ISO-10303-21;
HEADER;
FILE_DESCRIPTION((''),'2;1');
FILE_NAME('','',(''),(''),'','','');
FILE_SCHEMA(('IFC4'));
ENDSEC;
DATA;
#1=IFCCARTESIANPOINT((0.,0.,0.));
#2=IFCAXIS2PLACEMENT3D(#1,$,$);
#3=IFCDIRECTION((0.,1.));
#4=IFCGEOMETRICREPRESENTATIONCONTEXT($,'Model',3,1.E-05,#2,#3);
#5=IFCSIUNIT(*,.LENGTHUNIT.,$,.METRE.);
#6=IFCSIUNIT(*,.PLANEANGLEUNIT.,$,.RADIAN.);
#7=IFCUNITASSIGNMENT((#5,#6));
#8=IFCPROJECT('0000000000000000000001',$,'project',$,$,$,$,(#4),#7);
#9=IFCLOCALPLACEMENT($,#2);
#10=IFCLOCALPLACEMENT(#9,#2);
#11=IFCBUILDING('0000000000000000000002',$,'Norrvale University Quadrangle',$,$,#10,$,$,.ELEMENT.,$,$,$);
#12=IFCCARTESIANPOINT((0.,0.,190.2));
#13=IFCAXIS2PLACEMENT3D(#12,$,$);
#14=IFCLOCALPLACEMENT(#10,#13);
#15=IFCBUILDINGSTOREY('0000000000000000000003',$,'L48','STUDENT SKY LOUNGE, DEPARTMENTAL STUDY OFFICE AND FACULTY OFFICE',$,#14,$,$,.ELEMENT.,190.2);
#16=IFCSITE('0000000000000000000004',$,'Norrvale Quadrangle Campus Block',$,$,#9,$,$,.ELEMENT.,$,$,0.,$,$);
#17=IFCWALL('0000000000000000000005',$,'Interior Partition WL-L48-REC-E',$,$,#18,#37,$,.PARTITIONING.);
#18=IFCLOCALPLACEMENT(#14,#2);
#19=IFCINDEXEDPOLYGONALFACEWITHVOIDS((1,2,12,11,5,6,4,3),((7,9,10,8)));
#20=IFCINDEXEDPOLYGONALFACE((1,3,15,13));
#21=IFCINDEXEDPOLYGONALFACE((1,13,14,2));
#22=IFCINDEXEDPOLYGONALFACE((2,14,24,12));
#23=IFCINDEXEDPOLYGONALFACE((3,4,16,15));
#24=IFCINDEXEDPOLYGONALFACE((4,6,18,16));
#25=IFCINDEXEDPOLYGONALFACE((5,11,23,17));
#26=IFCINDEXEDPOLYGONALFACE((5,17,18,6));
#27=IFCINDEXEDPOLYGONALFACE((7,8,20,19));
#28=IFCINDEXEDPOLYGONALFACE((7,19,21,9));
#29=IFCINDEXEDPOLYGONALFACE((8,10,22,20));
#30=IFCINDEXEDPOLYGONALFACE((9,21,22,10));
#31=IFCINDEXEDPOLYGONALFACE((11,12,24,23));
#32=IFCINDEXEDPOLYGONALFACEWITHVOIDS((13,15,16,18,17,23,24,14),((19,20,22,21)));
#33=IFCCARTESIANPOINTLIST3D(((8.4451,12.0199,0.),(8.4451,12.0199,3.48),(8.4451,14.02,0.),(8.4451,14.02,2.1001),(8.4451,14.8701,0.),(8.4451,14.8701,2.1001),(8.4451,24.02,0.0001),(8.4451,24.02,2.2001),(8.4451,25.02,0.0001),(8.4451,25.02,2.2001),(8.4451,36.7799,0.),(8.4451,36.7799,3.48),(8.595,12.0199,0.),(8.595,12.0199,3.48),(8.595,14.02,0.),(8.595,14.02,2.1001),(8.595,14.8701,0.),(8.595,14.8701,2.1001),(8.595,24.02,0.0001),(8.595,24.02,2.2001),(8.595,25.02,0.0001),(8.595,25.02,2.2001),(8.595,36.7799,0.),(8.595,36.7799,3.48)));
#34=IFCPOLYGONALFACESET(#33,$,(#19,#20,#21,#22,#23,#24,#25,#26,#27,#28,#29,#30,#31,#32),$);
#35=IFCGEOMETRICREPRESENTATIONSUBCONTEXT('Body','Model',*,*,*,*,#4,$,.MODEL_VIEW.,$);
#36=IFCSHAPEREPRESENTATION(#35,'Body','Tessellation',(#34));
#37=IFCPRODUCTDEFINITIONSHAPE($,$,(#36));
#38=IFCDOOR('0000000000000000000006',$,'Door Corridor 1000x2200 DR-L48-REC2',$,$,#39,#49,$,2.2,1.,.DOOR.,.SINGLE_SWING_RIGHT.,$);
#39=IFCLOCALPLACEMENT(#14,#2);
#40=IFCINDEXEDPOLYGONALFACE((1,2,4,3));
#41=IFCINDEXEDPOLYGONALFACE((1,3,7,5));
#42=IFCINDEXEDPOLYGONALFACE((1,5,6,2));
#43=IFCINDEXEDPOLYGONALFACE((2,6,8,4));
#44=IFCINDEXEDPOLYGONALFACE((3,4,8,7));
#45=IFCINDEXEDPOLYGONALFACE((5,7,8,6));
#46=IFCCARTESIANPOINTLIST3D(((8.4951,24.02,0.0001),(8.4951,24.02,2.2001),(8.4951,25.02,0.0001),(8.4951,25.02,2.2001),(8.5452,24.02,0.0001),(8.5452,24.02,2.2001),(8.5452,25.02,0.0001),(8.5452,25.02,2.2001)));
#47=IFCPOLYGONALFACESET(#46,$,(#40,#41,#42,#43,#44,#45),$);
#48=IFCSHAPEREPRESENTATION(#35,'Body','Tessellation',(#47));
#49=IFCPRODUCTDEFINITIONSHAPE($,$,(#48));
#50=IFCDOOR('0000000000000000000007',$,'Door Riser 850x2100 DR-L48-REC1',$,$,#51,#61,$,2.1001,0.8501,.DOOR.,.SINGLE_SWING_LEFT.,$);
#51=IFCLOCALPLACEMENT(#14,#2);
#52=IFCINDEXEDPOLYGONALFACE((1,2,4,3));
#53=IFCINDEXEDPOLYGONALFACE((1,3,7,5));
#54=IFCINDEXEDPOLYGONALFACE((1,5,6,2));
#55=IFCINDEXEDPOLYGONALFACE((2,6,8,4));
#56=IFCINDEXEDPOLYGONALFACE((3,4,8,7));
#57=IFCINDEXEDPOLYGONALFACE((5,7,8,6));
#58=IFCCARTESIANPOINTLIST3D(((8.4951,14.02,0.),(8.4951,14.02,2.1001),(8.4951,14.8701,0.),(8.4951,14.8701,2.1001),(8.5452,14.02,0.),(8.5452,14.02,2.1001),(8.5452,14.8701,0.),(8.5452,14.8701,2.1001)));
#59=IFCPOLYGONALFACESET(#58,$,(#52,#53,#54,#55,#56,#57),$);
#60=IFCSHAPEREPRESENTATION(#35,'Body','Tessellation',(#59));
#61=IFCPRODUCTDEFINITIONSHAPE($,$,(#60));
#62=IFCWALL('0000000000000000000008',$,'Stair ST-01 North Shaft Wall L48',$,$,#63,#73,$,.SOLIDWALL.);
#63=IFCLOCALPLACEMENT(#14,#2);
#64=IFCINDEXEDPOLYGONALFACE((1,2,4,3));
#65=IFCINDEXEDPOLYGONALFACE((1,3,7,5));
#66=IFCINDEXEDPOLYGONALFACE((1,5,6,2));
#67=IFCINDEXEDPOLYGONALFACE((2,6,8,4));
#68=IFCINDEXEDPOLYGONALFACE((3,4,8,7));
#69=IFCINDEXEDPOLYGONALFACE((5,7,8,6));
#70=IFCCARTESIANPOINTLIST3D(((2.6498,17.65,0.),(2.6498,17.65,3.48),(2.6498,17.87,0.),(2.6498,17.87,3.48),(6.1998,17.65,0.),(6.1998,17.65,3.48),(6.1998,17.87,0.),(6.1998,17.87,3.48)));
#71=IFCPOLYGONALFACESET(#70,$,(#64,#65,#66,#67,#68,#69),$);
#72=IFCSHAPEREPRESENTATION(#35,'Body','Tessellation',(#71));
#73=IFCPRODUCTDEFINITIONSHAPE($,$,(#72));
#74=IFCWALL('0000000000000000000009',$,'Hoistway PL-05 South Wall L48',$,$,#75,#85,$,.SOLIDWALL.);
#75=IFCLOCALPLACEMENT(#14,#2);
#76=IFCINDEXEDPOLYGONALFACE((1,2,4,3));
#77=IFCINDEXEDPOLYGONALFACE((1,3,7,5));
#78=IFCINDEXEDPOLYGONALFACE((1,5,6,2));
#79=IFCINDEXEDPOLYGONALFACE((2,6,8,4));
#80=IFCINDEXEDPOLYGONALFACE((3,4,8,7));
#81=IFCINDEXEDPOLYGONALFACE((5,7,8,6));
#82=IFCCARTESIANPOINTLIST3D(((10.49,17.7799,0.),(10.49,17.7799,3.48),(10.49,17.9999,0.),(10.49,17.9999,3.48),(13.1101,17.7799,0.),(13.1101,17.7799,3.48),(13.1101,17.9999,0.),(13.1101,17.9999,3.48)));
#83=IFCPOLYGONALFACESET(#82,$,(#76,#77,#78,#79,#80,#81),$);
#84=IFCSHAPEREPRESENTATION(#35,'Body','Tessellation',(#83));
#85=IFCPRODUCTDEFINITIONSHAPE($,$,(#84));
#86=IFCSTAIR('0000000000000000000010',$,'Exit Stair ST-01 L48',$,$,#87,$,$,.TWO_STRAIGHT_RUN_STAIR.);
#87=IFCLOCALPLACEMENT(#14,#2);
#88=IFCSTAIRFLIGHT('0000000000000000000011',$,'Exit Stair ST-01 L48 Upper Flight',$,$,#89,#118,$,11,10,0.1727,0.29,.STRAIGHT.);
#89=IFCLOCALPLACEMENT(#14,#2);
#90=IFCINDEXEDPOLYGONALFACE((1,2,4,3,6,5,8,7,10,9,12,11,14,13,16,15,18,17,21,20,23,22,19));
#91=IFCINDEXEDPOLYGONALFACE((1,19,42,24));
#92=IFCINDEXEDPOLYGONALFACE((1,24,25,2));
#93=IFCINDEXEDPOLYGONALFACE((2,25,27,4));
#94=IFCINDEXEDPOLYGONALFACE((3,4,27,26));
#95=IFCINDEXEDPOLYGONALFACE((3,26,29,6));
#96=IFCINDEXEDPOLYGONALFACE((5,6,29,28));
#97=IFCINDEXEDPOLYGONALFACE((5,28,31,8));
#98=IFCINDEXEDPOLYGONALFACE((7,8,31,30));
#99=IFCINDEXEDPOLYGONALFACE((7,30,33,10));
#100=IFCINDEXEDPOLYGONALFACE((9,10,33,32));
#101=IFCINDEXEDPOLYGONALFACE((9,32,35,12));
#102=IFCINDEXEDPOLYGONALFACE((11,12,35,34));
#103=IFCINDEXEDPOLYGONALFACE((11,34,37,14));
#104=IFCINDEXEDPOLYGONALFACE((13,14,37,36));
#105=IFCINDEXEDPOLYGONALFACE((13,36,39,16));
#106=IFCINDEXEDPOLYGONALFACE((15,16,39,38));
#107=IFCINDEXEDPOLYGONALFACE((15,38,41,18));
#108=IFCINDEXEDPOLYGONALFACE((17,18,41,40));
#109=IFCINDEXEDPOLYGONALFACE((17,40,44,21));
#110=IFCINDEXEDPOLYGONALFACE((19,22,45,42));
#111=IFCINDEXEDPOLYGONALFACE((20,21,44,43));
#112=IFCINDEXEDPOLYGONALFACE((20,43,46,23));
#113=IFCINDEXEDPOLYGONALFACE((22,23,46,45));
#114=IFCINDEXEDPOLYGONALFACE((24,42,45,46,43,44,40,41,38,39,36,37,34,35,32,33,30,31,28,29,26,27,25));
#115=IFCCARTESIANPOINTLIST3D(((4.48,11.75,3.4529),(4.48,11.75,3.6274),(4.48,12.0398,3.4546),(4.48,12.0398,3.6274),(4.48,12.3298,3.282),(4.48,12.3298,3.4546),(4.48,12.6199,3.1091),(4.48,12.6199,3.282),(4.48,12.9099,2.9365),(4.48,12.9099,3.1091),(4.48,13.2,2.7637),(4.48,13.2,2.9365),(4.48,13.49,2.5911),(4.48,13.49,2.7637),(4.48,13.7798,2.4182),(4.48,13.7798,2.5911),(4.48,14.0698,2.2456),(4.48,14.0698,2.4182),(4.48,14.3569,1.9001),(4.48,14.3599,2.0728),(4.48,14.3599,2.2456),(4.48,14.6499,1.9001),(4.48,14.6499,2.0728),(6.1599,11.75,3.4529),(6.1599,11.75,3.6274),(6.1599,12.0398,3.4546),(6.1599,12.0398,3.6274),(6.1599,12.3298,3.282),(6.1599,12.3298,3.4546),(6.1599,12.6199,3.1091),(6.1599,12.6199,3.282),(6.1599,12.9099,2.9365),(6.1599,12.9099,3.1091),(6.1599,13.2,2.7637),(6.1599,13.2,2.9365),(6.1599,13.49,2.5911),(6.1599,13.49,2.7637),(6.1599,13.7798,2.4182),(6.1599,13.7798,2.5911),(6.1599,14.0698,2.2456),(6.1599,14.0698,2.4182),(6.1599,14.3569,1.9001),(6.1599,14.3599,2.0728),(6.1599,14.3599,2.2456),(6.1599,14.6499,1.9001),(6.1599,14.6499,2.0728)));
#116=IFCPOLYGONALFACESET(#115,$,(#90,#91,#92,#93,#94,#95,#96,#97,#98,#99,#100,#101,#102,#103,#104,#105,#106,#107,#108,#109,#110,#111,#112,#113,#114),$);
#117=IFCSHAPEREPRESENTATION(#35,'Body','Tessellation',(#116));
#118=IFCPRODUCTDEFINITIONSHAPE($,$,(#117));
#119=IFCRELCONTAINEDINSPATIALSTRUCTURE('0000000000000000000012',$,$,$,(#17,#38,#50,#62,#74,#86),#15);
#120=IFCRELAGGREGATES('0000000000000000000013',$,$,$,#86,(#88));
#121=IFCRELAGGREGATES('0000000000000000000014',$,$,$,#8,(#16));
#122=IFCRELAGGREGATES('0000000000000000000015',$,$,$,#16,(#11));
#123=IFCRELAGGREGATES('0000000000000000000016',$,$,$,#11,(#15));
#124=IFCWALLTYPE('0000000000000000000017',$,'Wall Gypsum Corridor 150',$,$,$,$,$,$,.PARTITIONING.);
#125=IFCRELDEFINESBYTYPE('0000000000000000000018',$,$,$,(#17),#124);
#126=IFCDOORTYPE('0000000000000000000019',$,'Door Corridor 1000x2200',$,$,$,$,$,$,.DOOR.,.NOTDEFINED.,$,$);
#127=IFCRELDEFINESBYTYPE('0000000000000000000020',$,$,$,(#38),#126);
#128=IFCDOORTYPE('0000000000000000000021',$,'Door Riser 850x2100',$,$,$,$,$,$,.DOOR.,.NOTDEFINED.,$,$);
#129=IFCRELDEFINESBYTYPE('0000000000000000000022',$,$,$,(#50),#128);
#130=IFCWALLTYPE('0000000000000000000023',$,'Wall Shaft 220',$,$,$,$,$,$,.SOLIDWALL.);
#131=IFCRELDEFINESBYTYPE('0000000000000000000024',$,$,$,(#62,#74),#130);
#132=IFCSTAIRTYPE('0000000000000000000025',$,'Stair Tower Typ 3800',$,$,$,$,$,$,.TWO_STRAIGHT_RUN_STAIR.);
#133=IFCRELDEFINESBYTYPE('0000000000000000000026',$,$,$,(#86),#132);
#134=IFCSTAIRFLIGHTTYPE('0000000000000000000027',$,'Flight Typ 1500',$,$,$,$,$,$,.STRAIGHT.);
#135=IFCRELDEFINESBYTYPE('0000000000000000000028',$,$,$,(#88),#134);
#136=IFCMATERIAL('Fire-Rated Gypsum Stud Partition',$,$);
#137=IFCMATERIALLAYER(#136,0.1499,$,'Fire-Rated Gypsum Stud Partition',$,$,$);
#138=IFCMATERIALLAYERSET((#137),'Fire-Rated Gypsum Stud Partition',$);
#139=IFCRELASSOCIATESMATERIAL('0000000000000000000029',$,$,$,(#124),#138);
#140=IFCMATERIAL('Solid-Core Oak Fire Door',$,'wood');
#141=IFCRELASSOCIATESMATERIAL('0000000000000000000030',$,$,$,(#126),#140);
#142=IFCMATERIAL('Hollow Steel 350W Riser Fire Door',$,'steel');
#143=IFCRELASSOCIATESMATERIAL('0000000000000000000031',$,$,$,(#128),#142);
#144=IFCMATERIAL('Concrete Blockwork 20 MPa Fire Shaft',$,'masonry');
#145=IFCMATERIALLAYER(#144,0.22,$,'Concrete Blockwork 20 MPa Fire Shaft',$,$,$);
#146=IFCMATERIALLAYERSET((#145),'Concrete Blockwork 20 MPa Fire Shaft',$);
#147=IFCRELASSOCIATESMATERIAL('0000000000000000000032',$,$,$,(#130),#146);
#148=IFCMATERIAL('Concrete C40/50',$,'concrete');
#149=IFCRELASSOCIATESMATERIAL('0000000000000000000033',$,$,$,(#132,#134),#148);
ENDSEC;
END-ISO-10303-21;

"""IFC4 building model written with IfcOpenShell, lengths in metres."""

from ifc_helpers import new_model, si_unit, direction, frame, frame_2d, origin, place, context, subcontext, project, spatial, polyline, rectangle, outline, extrude, material, layer, layer_set, type_object, element, fill, aggregate, save


model = new_model("IFC4")

# Units and contexts
model_context = context("Model", 3, precision=1e-05, world=origin(), true_north=direction((0.0, 1.0)))
body_context = subcontext(model_context, "Body", "Model", "MODEL_VIEW")
ifc_project = project(units=[si_unit("LENGTHUNIT", "METRE"), si_unit("PLANEANGLEUNIT", "RADIAN")], contexts=[model_context])

# Site, building, storey
site_placement = place(None, origin())
site = spatial("IfcSite", under=ifc_project, at=site_placement, Name="Norrvale Quadrangle Campus Block", CompositionType="ELEMENT", RefElevation=0.0)
building_placement = place(site_placement, origin())
building = spatial("IfcBuilding", under=site, at=building_placement, Name="Norrvale University Quadrangle", CompositionType="ELEMENT")
storey_placement = place(building_placement, frame((0.0, 0.0, 190.2)))
storey = spatial("IfcBuildingStorey", under=building, at=storey_placement, Name="L48", Description="STUDENT SKY LOUNGE, DEPARTMENTAL STUDY OFFICE AND FACULTY OFFICE", CompositionType="ELEMENT", Elevation=190.2)

# Shared definitions
ifc_material_1 = material(Name="Fire-Rated Gypsum Stud Partition")
ifc_layer_1 = layer(ifc_material_1, 0.1499, Name="Fire-Rated Gypsum Stud Partition")
ifc_layer_set_1 = layer_set([ifc_layer_1], Name="Fire-Rated Gypsum Stud Partition")
wall_type_1 = type_object("IfcWallType", Name="Wall Gypsum Corridor 150", PredefinedType="PARTITIONING", material=ifc_layer_set_1)

# Wall, openings, doors
wall_1_placement = place(storey_placement, frame((8.52, 12.02, 0.0), z_axis=(0.0, 0.0, 1.0), x_axis=(0.0, 1.0, 0.0)))
wall_1 = element("IfcWall", 1, at=wall_1_placement, inside=storey, type_object=wall_type_1, Name="Interior Partition WL-L48-REC-E", PredefinedType="PARTITIONING", context=body_context, shape_type="SweptSolid", body=[
    extrude(rectangle(XDim=24.76, YDim=0.1499, at=frame_2d((12.3799, 0.0))), origin(), (0.0, 0.0, 1.0), 3.48),
])
opening_1_placement = place(wall_1_placement, frame((2.0, 0.0, 0.0)))
opening_1 = element("IfcOpeningElement", 2, at=opening_1_placement, cuts=wall_1, PredefinedType="OPENING", context=body_context, shape_type="SweptSolid", body=[
    extrude(rectangle(XDim=0.8501, YDim=2.1001, at=frame_2d((0.425, 1.05))), frame((0.0, 0.0869, 0.0), z_axis=(0.0, -1.0, 0.0), x_axis=(1.0, 0.0, 0.0)), (0.0, 0.0, 1.0), 0.1738),
])
opening_2_placement = place(wall_1_placement, frame((12.0, 0.0, 0.0)))
opening_2 = element("IfcOpeningElement", 3, at=opening_2_placement, cuts=wall_1, PredefinedType="OPENING", context=body_context, shape_type="SweptSolid", body=[
    extrude(rectangle(XDim=1.0, YDim=2.2, at=frame_2d((0.5, 1.1001))), frame((0.0, 0.0869, 0.0), z_axis=(0.0, -1.0, 0.0), x_axis=(1.0, 0.0, 0.0)), (0.0, 0.0, 1.0), 0.1738),
])
ifc_material_2 = material(Name="Solid-Core Oak Fire Door", Category="wood")
door_type_1 = type_object("IfcDoorType", Name="Door Corridor 1000x2200", OperationType="NOTDEFINED", PredefinedType="DOOR", material=ifc_material_2)
door_1_placement = place(opening_2_placement, origin())
door_1 = element("IfcDoor", 4, at=door_1_placement, inside=storey, type_object=door_type_1, Name="Door Corridor 1000x2200 DR-L48-REC2", OperationType="SINGLE_SWING_RIGHT", OverallHeight=2.2, OverallWidth=1.0, PredefinedType="DOOR", context=body_context, shape_type="SweptSolid", body=[
    extrude(rectangle(XDim=1.0, YDim=2.2, at=frame_2d((0.5, 1.1001))), frame((0.0, 0.0249, 0.0), z_axis=(0.0, -1.0, 0.0), x_axis=(1.0, 0.0, 0.0)), (0.0, 0.0, 1.0), 0.05),
])
fill(opening_2, door_1)
ifc_material_3 = material(Name="Hollow Steel 350W Riser Fire Door", Category="steel")
door_type_2 = type_object("IfcDoorType", Name="Door Riser 850x2100", OperationType="NOTDEFINED", PredefinedType="DOOR", material=ifc_material_3)
door_2_placement = place(opening_1_placement, origin())
door_2 = element("IfcDoor", 5, at=door_2_placement, inside=storey, type_object=door_type_2, Name="Door Riser 850x2100 DR-L48-REC1", OperationType="SINGLE_SWING_LEFT", OverallHeight=2.1001, OverallWidth=0.8501, PredefinedType="DOOR", context=body_context, shape_type="SweptSolid", body=[
    extrude(rectangle(XDim=0.8501, YDim=2.1001, at=frame_2d((0.425, 1.05))), frame((0.0, 0.0249, 0.0), z_axis=(0.0, -1.0, 0.0), x_axis=(1.0, 0.0, 0.0)), (0.0, 0.0, 1.0), 0.05),
])
fill(opening_1, door_2)

# Walls
ifc_material_4 = material(Name="Concrete Blockwork 20 MPa Fire Shaft", Category="masonry")
ifc_layer_2 = layer(ifc_material_4, 0.22, Name="Concrete Blockwork 20 MPa Fire Shaft")
ifc_layer_set_2 = layer_set([ifc_layer_2], Name="Concrete Blockwork 20 MPa Fire Shaft")
wall_type_2 = type_object("IfcWallType", Name="Wall Shaft 220", PredefinedType="SOLIDWALL", material=ifc_layer_set_2)
wall_2_placement = place(storey_placement, frame((2.6499, 17.76, 0.0), z_axis=(0.0, 0.0, 1.0), x_axis=(1.0, 0.0, 0.0)))
element("IfcWall", 6, at=wall_2_placement, inside=storey, type_object=wall_type_2, Name="Stair ST-01 North Shaft Wall L48", PredefinedType="SOLIDWALL", context=body_context, shape_type="SweptSolid", body=[
    extrude(rectangle(XDim=3.55, YDim=0.22, at=frame_2d((1.7749, 0.0))), origin(), (0.0, 0.0, 1.0), 3.48),
])
wall_3_placement = place(storey_placement, frame((10.49, 17.8899, 0.0), z_axis=(0.0, 0.0, 1.0), x_axis=(1.0, 0.0, 0.0)))
element("IfcWall", 7, at=wall_3_placement, inside=storey, type_object=wall_type_2, Name="Hoistway PL-05 South Wall L48", PredefinedType="SOLIDWALL", context=body_context, shape_type="SweptSolid", body=[
    extrude(rectangle(XDim=2.6201, YDim=0.22, at=frame_2d((1.3101, 0.0))), origin(), (0.0, 0.0, 1.0), 3.48),
])

# Stair, stair flight
ifc_material_5 = material(Name="Concrete C40/50", Category="concrete")
stair_type = type_object("IfcStairType", Name="Stair Tower Typ 3800", PredefinedType="TWO_STRAIGHT_RUN_STAIR", material=ifc_material_5)
stair_placement = place(storey_placement, origin())
stair = element("IfcStair", 8, at=stair_placement, inside=storey, type_object=stair_type, Name="Exit Stair ST-01 L48", PredefinedType="TWO_STRAIGHT_RUN_STAIR")
stair_flight_type = type_object("IfcStairFlightType", Name="Flight Typ 1500", PredefinedType="STRAIGHT", material=ifc_material_5)
stair_flight_placement = place(storey_placement, frame((5.3201, 14.6499, 1.9001), z_axis=(0.0, 0.0, 1.0), x_axis=(0.0, -1.0, 0.0)))
stair_flight = element("IfcStairFlight", 9, at=stair_flight_placement, type_object=stair_flight_type, Name="Exit Stair ST-01 L48 Upper Flight", NumberOfRisers=11, NumberOfTreads=10, PredefinedType="STRAIGHT", RiserHeight=0.1727, TreadLength=0.29, context=body_context, shape_type="SweptSolid", body=[
    extrude(outline(polyline([(0.0, 0.0), (0.0, 0.1726), (0.29, 0.1726), (0.29, 0.3455), (0.5801, 0.3455), (0.5801, 0.5181), (0.8701, 0.5181), (0.8701, 0.6909), (1.1599, 0.6909), (1.1599, 0.8635), (1.45, 0.8635), (1.45, 1.0364), (1.74, 1.0364), (1.74, 1.209), (2.03, 1.209), (2.03, 1.3818), (2.3201, 1.3818), (2.3201, 1.5544), (2.6101, 1.5544), (2.6101, 1.7273), (2.8999, 1.7273), (2.8999, 1.8999), (2.8999, 1.5527), (0.293, 0.0), (0.0, 0.0)])), frame((0.0, 0.8398, 0.0), z_axis=(0.0, -1.0, 0.0), x_axis=(1.0, 0.0, 0.0)), (0.0, 0.0, 1.0), 1.6799),
])
aggregate(stair, [stair_flight])

save(model, "model.ifc")
